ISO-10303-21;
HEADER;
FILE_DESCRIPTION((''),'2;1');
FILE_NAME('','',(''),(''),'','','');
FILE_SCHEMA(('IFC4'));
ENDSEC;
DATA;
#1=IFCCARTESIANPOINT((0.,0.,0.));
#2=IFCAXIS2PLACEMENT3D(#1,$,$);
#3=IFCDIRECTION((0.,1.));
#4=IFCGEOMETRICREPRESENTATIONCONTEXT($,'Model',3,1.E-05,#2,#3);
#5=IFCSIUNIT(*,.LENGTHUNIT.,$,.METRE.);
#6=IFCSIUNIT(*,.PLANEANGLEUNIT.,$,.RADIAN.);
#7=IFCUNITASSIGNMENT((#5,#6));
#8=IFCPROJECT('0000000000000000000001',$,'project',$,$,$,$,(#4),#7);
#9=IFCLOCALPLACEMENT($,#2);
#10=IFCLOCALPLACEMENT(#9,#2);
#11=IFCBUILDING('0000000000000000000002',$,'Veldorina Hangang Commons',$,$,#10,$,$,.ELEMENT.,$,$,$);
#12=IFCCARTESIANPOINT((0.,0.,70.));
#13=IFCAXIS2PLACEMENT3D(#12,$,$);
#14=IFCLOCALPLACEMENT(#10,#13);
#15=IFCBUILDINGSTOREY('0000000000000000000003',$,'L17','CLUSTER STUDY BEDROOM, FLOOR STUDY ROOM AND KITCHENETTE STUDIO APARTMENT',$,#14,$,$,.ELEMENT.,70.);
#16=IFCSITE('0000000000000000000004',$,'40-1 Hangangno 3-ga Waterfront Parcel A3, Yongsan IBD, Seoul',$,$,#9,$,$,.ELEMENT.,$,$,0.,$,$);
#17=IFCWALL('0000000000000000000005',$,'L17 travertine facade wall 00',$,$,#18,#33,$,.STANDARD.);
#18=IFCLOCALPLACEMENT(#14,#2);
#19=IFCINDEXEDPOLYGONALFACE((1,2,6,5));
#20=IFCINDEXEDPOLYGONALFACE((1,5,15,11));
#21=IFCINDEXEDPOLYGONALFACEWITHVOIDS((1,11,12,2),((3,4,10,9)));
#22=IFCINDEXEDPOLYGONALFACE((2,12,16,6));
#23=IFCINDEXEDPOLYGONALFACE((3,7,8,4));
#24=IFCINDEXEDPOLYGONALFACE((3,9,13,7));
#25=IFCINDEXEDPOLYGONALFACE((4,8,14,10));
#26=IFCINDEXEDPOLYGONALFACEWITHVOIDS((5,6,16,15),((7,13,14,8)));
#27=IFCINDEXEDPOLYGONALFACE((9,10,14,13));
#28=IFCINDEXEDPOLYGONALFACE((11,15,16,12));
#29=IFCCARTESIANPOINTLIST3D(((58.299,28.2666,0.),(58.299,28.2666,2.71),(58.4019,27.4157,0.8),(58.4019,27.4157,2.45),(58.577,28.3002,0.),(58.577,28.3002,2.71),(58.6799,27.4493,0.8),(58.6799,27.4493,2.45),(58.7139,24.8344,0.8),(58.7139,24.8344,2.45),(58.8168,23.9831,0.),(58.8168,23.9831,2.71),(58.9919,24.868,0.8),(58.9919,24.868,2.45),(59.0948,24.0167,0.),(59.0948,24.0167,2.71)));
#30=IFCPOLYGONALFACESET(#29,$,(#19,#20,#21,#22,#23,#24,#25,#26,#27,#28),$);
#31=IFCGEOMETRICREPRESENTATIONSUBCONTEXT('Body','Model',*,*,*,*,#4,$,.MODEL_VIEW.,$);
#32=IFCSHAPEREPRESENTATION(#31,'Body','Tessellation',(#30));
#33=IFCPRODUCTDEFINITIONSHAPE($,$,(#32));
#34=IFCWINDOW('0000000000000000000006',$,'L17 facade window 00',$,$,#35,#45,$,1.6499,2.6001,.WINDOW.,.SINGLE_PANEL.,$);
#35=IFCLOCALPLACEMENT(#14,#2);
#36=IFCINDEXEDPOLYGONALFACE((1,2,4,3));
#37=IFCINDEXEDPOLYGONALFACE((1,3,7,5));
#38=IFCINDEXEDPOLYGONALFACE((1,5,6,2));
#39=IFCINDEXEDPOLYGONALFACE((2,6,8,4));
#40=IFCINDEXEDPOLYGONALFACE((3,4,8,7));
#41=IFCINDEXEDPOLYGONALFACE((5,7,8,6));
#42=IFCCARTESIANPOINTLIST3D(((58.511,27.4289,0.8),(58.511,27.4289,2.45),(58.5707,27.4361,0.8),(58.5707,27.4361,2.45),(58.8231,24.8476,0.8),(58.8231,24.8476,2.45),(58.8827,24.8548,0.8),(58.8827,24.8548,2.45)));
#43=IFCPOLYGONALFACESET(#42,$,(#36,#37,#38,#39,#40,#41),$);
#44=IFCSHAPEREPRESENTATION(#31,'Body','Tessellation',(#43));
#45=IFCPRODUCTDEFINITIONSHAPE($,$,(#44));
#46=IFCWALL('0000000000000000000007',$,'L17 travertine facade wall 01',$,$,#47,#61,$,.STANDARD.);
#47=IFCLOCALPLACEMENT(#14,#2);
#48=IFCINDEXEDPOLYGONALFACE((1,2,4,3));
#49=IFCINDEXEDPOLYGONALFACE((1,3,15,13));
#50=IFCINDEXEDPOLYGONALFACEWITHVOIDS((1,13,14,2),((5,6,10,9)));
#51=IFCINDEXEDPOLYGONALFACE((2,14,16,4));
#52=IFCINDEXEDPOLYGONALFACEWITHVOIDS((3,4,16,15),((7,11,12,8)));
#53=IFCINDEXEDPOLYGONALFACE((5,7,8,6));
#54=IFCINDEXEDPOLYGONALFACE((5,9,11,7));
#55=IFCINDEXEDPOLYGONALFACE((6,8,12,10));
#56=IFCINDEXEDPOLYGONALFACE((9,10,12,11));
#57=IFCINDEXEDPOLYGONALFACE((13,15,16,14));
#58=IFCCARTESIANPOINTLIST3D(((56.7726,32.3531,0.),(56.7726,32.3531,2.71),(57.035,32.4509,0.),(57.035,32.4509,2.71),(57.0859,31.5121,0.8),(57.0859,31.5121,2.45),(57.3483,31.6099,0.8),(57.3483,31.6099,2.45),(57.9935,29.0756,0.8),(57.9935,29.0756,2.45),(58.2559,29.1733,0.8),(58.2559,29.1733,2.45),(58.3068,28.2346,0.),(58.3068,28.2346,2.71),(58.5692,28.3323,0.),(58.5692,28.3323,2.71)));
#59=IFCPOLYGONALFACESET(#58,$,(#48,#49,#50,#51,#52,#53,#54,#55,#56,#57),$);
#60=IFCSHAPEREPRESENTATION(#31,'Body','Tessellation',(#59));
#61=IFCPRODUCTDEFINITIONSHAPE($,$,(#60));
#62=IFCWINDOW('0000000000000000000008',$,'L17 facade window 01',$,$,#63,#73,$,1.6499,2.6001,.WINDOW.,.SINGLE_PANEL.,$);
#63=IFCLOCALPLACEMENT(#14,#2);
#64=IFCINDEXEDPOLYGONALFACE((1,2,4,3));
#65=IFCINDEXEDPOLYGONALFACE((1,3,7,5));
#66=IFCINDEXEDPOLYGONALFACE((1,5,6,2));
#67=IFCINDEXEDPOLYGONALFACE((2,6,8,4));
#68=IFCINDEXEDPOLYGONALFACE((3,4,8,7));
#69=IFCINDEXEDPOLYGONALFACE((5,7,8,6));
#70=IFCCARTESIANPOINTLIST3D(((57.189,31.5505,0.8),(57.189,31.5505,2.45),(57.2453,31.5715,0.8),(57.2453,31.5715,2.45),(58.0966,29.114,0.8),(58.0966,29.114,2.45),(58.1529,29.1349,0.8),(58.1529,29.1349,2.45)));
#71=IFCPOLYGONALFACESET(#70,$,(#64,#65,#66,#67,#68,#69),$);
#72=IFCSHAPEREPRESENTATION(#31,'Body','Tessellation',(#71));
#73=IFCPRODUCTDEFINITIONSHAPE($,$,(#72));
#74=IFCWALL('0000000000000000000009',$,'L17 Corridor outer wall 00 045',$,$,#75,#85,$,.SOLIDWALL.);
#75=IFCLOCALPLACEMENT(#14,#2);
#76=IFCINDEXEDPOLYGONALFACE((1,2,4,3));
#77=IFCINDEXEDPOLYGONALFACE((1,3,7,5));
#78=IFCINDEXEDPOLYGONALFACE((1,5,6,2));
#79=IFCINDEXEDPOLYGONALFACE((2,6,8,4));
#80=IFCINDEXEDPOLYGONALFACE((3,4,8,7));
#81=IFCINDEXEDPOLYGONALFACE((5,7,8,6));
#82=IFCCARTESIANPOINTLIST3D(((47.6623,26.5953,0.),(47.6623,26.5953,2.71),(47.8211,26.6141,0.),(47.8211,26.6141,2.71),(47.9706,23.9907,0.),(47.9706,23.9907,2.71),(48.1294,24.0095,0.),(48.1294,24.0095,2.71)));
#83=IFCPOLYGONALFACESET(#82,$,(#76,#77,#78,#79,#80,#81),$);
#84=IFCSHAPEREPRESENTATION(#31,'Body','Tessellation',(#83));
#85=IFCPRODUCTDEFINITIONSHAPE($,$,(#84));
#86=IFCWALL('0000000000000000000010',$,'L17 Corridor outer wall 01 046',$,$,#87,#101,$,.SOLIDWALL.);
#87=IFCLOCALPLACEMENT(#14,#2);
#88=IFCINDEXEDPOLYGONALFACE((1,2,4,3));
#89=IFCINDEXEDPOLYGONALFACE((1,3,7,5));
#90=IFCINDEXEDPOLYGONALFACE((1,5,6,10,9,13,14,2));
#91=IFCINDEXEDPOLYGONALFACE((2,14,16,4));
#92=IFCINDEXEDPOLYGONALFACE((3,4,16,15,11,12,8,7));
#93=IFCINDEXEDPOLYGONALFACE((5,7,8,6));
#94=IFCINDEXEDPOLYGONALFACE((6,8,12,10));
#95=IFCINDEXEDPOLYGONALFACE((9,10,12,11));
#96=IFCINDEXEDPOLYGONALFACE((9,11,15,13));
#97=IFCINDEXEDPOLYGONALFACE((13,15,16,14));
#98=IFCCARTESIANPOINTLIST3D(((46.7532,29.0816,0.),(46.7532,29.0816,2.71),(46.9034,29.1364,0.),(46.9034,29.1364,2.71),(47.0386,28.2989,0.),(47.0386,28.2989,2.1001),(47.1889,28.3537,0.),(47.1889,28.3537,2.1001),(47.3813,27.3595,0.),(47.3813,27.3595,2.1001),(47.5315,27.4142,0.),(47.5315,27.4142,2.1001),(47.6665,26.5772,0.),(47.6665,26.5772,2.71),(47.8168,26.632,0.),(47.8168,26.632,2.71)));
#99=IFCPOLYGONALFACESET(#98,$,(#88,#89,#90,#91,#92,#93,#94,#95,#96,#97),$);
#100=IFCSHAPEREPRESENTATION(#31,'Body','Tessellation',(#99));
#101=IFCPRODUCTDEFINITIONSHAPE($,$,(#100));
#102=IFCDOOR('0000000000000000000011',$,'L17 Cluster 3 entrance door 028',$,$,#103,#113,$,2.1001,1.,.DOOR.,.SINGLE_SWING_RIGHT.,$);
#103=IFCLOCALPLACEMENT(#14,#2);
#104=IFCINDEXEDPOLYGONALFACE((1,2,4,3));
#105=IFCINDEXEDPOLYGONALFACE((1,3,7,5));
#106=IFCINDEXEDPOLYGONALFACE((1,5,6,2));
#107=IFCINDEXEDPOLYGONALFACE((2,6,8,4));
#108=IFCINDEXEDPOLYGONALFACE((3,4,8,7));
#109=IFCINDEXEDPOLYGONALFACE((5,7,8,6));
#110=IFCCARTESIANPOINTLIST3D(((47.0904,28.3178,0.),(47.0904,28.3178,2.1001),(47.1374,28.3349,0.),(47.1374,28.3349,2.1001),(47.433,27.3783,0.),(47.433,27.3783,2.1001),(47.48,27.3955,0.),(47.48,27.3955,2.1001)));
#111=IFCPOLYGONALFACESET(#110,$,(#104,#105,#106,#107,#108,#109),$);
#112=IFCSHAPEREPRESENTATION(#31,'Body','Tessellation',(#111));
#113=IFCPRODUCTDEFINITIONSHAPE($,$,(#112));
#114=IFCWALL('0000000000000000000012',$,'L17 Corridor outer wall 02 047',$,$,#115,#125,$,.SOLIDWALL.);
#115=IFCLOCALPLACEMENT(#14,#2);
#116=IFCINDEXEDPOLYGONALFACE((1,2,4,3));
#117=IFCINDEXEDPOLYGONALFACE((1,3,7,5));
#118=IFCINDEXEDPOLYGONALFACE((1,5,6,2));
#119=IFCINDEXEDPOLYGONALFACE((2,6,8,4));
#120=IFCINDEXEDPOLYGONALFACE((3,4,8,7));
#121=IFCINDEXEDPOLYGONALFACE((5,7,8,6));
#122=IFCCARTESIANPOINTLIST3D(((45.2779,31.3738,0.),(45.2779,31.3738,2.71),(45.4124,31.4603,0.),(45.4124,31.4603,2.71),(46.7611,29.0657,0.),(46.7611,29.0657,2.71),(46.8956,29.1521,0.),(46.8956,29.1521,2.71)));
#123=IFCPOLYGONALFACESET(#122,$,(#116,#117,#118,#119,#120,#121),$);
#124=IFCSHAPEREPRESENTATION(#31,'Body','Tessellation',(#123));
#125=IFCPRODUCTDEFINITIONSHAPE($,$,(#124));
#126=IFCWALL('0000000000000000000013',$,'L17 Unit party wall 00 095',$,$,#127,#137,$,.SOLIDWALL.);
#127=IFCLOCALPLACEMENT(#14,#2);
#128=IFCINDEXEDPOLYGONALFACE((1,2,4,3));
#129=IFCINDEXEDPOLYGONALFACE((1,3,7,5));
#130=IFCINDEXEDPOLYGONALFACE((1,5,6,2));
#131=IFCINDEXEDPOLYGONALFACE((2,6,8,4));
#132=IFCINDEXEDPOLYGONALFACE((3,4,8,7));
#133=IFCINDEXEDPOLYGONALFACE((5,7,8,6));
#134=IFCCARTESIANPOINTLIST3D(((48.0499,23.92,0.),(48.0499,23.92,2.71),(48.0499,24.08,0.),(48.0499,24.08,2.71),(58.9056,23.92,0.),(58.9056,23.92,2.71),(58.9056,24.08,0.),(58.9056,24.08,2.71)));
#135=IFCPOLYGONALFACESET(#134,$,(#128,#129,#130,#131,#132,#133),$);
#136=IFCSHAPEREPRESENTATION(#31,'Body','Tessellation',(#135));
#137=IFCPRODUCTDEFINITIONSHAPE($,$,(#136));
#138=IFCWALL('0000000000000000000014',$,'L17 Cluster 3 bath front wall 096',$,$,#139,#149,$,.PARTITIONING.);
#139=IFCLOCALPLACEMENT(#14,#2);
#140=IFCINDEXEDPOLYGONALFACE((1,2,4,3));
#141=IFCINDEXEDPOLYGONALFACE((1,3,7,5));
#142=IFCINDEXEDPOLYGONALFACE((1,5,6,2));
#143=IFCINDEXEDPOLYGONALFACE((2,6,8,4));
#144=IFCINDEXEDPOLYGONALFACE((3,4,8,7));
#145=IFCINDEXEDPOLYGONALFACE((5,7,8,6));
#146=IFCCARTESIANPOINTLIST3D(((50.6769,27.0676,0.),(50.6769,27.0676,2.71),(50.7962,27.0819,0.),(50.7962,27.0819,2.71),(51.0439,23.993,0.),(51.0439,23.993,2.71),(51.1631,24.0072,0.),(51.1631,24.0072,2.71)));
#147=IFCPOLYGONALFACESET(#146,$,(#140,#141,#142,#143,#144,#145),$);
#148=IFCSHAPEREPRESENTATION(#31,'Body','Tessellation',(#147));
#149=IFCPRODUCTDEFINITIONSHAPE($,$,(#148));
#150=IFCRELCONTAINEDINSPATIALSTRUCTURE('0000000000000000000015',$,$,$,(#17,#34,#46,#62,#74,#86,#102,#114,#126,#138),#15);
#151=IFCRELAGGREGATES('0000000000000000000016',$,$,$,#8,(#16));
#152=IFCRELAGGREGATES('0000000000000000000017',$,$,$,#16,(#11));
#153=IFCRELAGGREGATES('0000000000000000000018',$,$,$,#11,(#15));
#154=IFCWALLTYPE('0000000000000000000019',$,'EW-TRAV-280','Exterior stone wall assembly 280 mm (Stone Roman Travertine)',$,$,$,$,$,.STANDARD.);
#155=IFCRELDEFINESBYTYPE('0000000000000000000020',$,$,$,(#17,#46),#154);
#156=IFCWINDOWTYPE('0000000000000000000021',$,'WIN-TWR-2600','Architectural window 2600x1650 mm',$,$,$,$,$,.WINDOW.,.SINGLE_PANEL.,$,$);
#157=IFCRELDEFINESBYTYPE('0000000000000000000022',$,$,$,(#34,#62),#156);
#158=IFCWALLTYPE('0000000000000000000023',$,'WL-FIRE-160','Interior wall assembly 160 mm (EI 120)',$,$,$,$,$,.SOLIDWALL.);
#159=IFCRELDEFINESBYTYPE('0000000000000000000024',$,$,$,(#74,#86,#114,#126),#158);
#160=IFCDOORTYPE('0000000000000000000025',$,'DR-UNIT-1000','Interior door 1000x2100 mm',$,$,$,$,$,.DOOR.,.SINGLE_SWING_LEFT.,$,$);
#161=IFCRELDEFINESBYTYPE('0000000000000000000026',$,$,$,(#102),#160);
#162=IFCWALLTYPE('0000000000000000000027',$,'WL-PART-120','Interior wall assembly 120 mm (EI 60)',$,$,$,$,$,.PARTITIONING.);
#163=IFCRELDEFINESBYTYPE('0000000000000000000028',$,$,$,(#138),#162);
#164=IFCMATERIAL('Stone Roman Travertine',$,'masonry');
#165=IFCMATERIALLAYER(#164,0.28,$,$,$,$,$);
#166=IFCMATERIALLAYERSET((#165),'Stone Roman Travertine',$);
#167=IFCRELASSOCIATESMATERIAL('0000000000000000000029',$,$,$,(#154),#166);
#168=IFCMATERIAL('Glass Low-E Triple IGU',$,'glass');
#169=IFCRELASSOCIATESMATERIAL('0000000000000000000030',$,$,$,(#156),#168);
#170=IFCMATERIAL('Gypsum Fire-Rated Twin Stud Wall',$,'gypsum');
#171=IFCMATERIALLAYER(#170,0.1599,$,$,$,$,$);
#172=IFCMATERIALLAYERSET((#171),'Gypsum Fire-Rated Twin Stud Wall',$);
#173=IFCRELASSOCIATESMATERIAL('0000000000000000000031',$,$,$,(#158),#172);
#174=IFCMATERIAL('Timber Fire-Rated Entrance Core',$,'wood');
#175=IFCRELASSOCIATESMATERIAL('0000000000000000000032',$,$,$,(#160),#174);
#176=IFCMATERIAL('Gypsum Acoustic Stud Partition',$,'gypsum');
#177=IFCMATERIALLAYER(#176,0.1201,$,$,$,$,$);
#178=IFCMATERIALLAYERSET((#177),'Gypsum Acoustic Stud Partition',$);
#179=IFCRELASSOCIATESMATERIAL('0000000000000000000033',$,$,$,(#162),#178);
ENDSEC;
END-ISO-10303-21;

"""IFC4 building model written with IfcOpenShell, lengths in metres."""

from ifc_helpers import new_model, si_unit, direction, frame, frame_2d, origin, place, context, subcontext, project, spatial, rectangle, extrude, material, layer, layer_set, type_object, element, fill, save


model = new_model("IFC4")

# Units and contexts
model_context = context("Model", 3, precision=1e-05, world=origin(), true_north=direction((0.0, 1.0)))
body_context = subcontext(model_context, "Body", "Model", "MODEL_VIEW")
ifc_project = project(units=[si_unit("LENGTHUNIT", "METRE"), si_unit("PLANEANGLEUNIT", "RADIAN")], contexts=[model_context])

# Site, building, storey
site_placement = place(None, origin())
site = spatial("IfcSite", under=ifc_project, at=site_placement, Name="40-1 Hangangno 3-ga Waterfront Parcel A3, Yongsan IBD, Seoul", CompositionType="ELEMENT", RefElevation=0.0)
building_placement = place(site_placement, origin())
building = spatial("IfcBuilding", under=site, at=building_placement, Name="Veldorina Hangang Commons", CompositionType="ELEMENT")
storey_placement = place(building_placement, frame((0.0, 0.0, 70.0)))
storey = spatial("IfcBuildingStorey", under=building, at=storey_placement, Name="L17", Description="CLUSTER STUDY BEDROOM, FLOOR STUDY ROOM AND KITCHENETTE STUDIO APARTMENT", CompositionType="ELEMENT", Elevation=70.0)

# Walls, openings, windows
ifc_material_1 = material(Name="Stone Roman Travertine", Category="masonry")
ifc_layer_1 = layer(ifc_material_1, 0.28)
ifc_layer_set_1 = layer_set([ifc_layer_1], Name="Stone Roman Travertine")
wall_type_1 = type_object("IfcWallType", Name="EW-TRAV-280", Description="Exterior stone wall assembly 280 mm (Stone Roman Travertine)", PredefinedType="STANDARD", material=ifc_layer_set_1)
wall_1_placement = place(storey_placement, frame((58.9558, 24.0, 0.0), z_axis=(0.0, 0.0, 1.0), x_axis=(-0.120015, 0.992772, 0.0)))
wall_1 = element("IfcWall", 1, at=wall_1_placement, inside=storey, type_object=wall_type_1, Name="L17 travertine facade wall 00", PredefinedType="STANDARD", context=body_context, shape_type="SweptSolid", body=[
    extrude(rectangle(XDim=4.3147, YDim=0.28, at=frame_2d((2.1572, 0.0))), origin(), (0.0, 0.0, 1.0), 2.71),
])
opening_1_placement = place(wall_1_placement, frame((0.8574, 0.0, 0.8)))
opening_1 = element("IfcOpeningElement", 2, at=opening_1_placement, cuts=wall_1, PredefinedType="OPENING", context=body_context, shape_type="SweptSolid", body=[
    extrude(rectangle(XDim=2.6001, YDim=1.6499, at=frame_2d((1.3, 0.825))), frame((0.0, 0.1499, 0.0), z_axis=(0.0, -1.0, 0.0), x_axis=(1.0, 0.0, 0.0)), (0.0, 0.0, 1.0), 0.3),
])
ifc_material_2 = material(Name="Glass Low-E Triple IGU", Category="glass")
window_type = type_object("IfcWindowType", Name="WIN-TWR-2600", Description="Architectural window 2600x1650 mm", PartitioningType="SINGLE_PANEL", PredefinedType="WINDOW", material=ifc_material_2)
window_1_placement = place(opening_1_placement, origin())
window_1 = element("IfcWindow", 3, at=window_1_placement, inside=storey, type_object=window_type, Name="L17 facade window 00", OverallHeight=1.6499, OverallWidth=2.6001, PartitioningType="SINGLE_PANEL", PredefinedType="WINDOW", context=body_context, shape_type="SweptSolid", body=[
    extrude(rectangle(XDim=2.6001, YDim=1.6499, at=frame_2d((1.3, 0.825))), frame((0.0, 0.03, 0.0), z_axis=(0.0, -1.0, 0.0), x_axis=(1.0, 0.0, 0.0)), (0.0, 0.0, 1.0), 0.0601),
])
fill(opening_1, window_1)
wall_2_placement = place(storey_placement, frame((58.438, 28.2834, 0.0), z_axis=(0.0, 0.0, 1.0), x_axis=(-0.349065, 0.937099, 0.0)))
wall_2 = element("IfcWall", 4, at=wall_2_placement, inside=storey, type_object=wall_type_1, Name="L17 travertine facade wall 01", PredefinedType="STANDARD", context=body_context, shape_type="SweptSolid", body=[
    extrude(rectangle(XDim=4.395, YDim=0.28, at=frame_2d((2.1975, 0.0))), origin(), (0.0, 0.0, 1.0), 2.71),
])
opening_2_placement = place(wall_2_placement, frame((0.8975, 0.0, 0.8)))
opening_2 = element("IfcOpeningElement", 5, at=opening_2_placement, cuts=wall_2, PredefinedType="OPENING", context=body_context, shape_type="SweptSolid", body=[
    extrude(rectangle(XDim=2.6001, YDim=1.6499, at=frame_2d((1.3, 0.825))), frame((0.0, 0.1499, 0.0), z_axis=(0.0, -1.0, 0.0), x_axis=(1.0, 0.0, 0.0)), (0.0, 0.0, 1.0), 0.3),
])
window_2_placement = place(opening_2_placement, origin())
window_2 = element("IfcWindow", 6, at=window_2_placement, inside=storey, type_object=window_type, Name="L17 facade window 01", OverallHeight=1.6499, OverallWidth=2.6001, PartitioningType="SINGLE_PANEL", PredefinedType="WINDOW", context=body_context, shape_type="SweptSolid", body=[
    extrude(rectangle(XDim=2.6001, YDim=1.6499, at=frame_2d((1.3, 0.825))), frame((0.0, 0.03, 0.0), z_axis=(0.0, -1.0, 0.0), x_axis=(1.0, 0.0, 0.0)), (0.0, 0.0, 1.0), 0.0601),
])
fill(opening_2, window_2)

# Wall
ifc_material_3 = material(Name="Gypsum Fire-Rated Twin Stud Wall", Category="gypsum")
ifc_layer_2 = layer(ifc_material_3, 0.1599)
ifc_layer_set_2 = layer_set([ifc_layer_2], Name="Gypsum Fire-Rated Twin Stud Wall")
wall_type_2 = type_object("IfcWallType", Name="WL-FIRE-160", Description="Interior wall assembly 160 mm (EI 120)", PredefinedType="SOLIDWALL", material=ifc_layer_set_2)
wall_3_placement = place(storey_placement, frame((48.05, 24.0, 0.0), z_axis=(0.0, 0.0, 1.0), x_axis=(-0.11757, 0.993065, 0.0)))
element("IfcWall", 7, at=wall_3_placement, inside=storey, type_object=wall_type_2, Name="L17 Corridor outer wall 00 045", PredefinedType="SOLIDWALL", context=body_context, shape_type="SweptSolid", body=[
    extrude(rectangle(XDim=2.6228, YDim=0.1599, at=frame_2d((1.3115, 0.0))), origin(), (0.0, 0.0, 1.0), 2.71),
])

# Wall, opening, door
wall_4_placement = place(storey_placement, frame((47.7417, 26.6045, 0.0), z_axis=(0.0, 0.0, 1.0), x_axis=(-0.342618, 0.939475, 0.0)))
wall_4 = element("IfcWall", 8, at=wall_4_placement, inside=storey, type_object=wall_type_2, Name="L17 Corridor outer wall 01 046", PredefinedType="SOLIDWALL", context=body_context, shape_type="SweptSolid", body=[
    extrude(rectangle(XDim=2.6658, YDim=0.1599, at=frame_2d((1.333, 0.0))), origin(), (0.0, 0.0, 1.0), 2.71),
])
opening_3_placement = place(wall_4_placement, frame((0.8328, 0.0, 0.0)))
opening_3 = element("IfcOpeningElement", 9, at=opening_3_placement, cuts=wall_4, PredefinedType="OPENING", context=body_context, shape_type="SweptSolid", body=[
    extrude(rectangle(XDim=1.0, YDim=2.1001, at=frame_2d((0.5, 1.05))), frame((0.0, 0.0898, 0.0), z_axis=(0.0, -1.0, 0.0), x_axis=(1.0, 0.0, 0.0)), (0.0, 0.0, 1.0), 0.1799),
])
ifc_material_4 = material(Name="Timber Fire-Rated Entrance Core", Category="wood")
door_type_1 = type_object("IfcDoorType", Name="DR-UNIT-1000", Description="Interior door 1000x2100 mm", OperationType="SINGLE_SWING_LEFT", PredefinedType="DOOR", material=ifc_material_4)
door_1_placement = place(opening_3_placement, origin())
door_1 = element("IfcDoor", 10, at=door_1_placement, inside=storey, type_object=door_type_1, Name="L17 Cluster 3 entrance door 028", OperationType="SINGLE_SWING_RIGHT", OverallHeight=2.1001, OverallWidth=1.0, PredefinedType="DOOR", context=body_context, shape_type="SweptSolid", body=[
    extrude(rectangle(XDim=1.0, YDim=2.1001, at=frame_2d((0.5, 1.05))), frame((0.0, 0.0249, 0.0), z_axis=(0.0, -1.0, 0.0), x_axis=(1.0, 0.0, 0.0)), (0.0, 0.0, 1.0), 0.05),
])
fill(opening_3, door_1)

# Walls
wall_5_placement = place(storey_placement, frame((46.8284, 29.1089, 0.0), z_axis=(0.0, 0.0, 1.0), x_axis=(-0.540596, 0.841283, 0.0)))
element("IfcWall", 11, at=wall_5_placement, inside=storey, type_object=wall_type_2, Name="L17 Corridor outer wall 02 047", PredefinedType="SOLIDWALL", context=body_context, shape_type="SweptSolid", body=[
    extrude(rectangle(XDim=2.7437, YDim=0.1599, at=frame_2d((1.3718, 0.0))), origin(), (0.0, 0.0, 1.0), 2.71),
])
wall_6_placement = place(storey_placement, frame((48.05, 24.0, 0.0), z_axis=(0.0, 0.0, 1.0), x_axis=(1.0, 0.0, 0.0)))
element("IfcWall", 12, at=wall_6_placement, inside=storey, type_object=wall_type_2, Name="L17 Unit party wall 00 095", PredefinedType="SOLIDWALL", context=body_context, shape_type="SweptSolid", body=[
    extrude(rectangle(XDim=10.8557, YDim=0.1599, at=frame_2d((5.4277, 0.0))), origin(), (0.0, 0.0, 1.0), 2.71),
])
ifc_material_5 = material(Name="Gypsum Acoustic Stud Partition", Category="gypsum")
ifc_layer_3 = layer(ifc_material_5, 0.1201)
ifc_layer_set_3 = layer_set([ifc_layer_3], Name="Gypsum Acoustic Stud Partition")
wall_type_3 = type_object("IfcWallType", Name="WL-PART-120", Description="Interior wall assembly 120 mm (EI 60)", PredefinedType="PARTITIONING", material=ifc_layer_set_3)
wall_7_placement = place(storey_placement, frame((51.1035, 24.0, 0.0), z_axis=(0.0, 0.0, 1.0), x_axis=(-0.118502, 0.992954, 0.0)))
element("IfcWall", 13, at=wall_7_placement, inside=storey, type_object=wall_type_3, Name="L17 Cluster 3 bath front wall 096", PredefinedType="PARTITIONING", context=body_context, shape_type="SweptSolid", body=[
    extrude(rectangle(XDim=3.0964, YDim=0.1201, at=frame_2d((1.5483, 0.0))), origin(), (0.0, 0.0, 1.0), 2.71),
])

save(model, "model.ifc")
